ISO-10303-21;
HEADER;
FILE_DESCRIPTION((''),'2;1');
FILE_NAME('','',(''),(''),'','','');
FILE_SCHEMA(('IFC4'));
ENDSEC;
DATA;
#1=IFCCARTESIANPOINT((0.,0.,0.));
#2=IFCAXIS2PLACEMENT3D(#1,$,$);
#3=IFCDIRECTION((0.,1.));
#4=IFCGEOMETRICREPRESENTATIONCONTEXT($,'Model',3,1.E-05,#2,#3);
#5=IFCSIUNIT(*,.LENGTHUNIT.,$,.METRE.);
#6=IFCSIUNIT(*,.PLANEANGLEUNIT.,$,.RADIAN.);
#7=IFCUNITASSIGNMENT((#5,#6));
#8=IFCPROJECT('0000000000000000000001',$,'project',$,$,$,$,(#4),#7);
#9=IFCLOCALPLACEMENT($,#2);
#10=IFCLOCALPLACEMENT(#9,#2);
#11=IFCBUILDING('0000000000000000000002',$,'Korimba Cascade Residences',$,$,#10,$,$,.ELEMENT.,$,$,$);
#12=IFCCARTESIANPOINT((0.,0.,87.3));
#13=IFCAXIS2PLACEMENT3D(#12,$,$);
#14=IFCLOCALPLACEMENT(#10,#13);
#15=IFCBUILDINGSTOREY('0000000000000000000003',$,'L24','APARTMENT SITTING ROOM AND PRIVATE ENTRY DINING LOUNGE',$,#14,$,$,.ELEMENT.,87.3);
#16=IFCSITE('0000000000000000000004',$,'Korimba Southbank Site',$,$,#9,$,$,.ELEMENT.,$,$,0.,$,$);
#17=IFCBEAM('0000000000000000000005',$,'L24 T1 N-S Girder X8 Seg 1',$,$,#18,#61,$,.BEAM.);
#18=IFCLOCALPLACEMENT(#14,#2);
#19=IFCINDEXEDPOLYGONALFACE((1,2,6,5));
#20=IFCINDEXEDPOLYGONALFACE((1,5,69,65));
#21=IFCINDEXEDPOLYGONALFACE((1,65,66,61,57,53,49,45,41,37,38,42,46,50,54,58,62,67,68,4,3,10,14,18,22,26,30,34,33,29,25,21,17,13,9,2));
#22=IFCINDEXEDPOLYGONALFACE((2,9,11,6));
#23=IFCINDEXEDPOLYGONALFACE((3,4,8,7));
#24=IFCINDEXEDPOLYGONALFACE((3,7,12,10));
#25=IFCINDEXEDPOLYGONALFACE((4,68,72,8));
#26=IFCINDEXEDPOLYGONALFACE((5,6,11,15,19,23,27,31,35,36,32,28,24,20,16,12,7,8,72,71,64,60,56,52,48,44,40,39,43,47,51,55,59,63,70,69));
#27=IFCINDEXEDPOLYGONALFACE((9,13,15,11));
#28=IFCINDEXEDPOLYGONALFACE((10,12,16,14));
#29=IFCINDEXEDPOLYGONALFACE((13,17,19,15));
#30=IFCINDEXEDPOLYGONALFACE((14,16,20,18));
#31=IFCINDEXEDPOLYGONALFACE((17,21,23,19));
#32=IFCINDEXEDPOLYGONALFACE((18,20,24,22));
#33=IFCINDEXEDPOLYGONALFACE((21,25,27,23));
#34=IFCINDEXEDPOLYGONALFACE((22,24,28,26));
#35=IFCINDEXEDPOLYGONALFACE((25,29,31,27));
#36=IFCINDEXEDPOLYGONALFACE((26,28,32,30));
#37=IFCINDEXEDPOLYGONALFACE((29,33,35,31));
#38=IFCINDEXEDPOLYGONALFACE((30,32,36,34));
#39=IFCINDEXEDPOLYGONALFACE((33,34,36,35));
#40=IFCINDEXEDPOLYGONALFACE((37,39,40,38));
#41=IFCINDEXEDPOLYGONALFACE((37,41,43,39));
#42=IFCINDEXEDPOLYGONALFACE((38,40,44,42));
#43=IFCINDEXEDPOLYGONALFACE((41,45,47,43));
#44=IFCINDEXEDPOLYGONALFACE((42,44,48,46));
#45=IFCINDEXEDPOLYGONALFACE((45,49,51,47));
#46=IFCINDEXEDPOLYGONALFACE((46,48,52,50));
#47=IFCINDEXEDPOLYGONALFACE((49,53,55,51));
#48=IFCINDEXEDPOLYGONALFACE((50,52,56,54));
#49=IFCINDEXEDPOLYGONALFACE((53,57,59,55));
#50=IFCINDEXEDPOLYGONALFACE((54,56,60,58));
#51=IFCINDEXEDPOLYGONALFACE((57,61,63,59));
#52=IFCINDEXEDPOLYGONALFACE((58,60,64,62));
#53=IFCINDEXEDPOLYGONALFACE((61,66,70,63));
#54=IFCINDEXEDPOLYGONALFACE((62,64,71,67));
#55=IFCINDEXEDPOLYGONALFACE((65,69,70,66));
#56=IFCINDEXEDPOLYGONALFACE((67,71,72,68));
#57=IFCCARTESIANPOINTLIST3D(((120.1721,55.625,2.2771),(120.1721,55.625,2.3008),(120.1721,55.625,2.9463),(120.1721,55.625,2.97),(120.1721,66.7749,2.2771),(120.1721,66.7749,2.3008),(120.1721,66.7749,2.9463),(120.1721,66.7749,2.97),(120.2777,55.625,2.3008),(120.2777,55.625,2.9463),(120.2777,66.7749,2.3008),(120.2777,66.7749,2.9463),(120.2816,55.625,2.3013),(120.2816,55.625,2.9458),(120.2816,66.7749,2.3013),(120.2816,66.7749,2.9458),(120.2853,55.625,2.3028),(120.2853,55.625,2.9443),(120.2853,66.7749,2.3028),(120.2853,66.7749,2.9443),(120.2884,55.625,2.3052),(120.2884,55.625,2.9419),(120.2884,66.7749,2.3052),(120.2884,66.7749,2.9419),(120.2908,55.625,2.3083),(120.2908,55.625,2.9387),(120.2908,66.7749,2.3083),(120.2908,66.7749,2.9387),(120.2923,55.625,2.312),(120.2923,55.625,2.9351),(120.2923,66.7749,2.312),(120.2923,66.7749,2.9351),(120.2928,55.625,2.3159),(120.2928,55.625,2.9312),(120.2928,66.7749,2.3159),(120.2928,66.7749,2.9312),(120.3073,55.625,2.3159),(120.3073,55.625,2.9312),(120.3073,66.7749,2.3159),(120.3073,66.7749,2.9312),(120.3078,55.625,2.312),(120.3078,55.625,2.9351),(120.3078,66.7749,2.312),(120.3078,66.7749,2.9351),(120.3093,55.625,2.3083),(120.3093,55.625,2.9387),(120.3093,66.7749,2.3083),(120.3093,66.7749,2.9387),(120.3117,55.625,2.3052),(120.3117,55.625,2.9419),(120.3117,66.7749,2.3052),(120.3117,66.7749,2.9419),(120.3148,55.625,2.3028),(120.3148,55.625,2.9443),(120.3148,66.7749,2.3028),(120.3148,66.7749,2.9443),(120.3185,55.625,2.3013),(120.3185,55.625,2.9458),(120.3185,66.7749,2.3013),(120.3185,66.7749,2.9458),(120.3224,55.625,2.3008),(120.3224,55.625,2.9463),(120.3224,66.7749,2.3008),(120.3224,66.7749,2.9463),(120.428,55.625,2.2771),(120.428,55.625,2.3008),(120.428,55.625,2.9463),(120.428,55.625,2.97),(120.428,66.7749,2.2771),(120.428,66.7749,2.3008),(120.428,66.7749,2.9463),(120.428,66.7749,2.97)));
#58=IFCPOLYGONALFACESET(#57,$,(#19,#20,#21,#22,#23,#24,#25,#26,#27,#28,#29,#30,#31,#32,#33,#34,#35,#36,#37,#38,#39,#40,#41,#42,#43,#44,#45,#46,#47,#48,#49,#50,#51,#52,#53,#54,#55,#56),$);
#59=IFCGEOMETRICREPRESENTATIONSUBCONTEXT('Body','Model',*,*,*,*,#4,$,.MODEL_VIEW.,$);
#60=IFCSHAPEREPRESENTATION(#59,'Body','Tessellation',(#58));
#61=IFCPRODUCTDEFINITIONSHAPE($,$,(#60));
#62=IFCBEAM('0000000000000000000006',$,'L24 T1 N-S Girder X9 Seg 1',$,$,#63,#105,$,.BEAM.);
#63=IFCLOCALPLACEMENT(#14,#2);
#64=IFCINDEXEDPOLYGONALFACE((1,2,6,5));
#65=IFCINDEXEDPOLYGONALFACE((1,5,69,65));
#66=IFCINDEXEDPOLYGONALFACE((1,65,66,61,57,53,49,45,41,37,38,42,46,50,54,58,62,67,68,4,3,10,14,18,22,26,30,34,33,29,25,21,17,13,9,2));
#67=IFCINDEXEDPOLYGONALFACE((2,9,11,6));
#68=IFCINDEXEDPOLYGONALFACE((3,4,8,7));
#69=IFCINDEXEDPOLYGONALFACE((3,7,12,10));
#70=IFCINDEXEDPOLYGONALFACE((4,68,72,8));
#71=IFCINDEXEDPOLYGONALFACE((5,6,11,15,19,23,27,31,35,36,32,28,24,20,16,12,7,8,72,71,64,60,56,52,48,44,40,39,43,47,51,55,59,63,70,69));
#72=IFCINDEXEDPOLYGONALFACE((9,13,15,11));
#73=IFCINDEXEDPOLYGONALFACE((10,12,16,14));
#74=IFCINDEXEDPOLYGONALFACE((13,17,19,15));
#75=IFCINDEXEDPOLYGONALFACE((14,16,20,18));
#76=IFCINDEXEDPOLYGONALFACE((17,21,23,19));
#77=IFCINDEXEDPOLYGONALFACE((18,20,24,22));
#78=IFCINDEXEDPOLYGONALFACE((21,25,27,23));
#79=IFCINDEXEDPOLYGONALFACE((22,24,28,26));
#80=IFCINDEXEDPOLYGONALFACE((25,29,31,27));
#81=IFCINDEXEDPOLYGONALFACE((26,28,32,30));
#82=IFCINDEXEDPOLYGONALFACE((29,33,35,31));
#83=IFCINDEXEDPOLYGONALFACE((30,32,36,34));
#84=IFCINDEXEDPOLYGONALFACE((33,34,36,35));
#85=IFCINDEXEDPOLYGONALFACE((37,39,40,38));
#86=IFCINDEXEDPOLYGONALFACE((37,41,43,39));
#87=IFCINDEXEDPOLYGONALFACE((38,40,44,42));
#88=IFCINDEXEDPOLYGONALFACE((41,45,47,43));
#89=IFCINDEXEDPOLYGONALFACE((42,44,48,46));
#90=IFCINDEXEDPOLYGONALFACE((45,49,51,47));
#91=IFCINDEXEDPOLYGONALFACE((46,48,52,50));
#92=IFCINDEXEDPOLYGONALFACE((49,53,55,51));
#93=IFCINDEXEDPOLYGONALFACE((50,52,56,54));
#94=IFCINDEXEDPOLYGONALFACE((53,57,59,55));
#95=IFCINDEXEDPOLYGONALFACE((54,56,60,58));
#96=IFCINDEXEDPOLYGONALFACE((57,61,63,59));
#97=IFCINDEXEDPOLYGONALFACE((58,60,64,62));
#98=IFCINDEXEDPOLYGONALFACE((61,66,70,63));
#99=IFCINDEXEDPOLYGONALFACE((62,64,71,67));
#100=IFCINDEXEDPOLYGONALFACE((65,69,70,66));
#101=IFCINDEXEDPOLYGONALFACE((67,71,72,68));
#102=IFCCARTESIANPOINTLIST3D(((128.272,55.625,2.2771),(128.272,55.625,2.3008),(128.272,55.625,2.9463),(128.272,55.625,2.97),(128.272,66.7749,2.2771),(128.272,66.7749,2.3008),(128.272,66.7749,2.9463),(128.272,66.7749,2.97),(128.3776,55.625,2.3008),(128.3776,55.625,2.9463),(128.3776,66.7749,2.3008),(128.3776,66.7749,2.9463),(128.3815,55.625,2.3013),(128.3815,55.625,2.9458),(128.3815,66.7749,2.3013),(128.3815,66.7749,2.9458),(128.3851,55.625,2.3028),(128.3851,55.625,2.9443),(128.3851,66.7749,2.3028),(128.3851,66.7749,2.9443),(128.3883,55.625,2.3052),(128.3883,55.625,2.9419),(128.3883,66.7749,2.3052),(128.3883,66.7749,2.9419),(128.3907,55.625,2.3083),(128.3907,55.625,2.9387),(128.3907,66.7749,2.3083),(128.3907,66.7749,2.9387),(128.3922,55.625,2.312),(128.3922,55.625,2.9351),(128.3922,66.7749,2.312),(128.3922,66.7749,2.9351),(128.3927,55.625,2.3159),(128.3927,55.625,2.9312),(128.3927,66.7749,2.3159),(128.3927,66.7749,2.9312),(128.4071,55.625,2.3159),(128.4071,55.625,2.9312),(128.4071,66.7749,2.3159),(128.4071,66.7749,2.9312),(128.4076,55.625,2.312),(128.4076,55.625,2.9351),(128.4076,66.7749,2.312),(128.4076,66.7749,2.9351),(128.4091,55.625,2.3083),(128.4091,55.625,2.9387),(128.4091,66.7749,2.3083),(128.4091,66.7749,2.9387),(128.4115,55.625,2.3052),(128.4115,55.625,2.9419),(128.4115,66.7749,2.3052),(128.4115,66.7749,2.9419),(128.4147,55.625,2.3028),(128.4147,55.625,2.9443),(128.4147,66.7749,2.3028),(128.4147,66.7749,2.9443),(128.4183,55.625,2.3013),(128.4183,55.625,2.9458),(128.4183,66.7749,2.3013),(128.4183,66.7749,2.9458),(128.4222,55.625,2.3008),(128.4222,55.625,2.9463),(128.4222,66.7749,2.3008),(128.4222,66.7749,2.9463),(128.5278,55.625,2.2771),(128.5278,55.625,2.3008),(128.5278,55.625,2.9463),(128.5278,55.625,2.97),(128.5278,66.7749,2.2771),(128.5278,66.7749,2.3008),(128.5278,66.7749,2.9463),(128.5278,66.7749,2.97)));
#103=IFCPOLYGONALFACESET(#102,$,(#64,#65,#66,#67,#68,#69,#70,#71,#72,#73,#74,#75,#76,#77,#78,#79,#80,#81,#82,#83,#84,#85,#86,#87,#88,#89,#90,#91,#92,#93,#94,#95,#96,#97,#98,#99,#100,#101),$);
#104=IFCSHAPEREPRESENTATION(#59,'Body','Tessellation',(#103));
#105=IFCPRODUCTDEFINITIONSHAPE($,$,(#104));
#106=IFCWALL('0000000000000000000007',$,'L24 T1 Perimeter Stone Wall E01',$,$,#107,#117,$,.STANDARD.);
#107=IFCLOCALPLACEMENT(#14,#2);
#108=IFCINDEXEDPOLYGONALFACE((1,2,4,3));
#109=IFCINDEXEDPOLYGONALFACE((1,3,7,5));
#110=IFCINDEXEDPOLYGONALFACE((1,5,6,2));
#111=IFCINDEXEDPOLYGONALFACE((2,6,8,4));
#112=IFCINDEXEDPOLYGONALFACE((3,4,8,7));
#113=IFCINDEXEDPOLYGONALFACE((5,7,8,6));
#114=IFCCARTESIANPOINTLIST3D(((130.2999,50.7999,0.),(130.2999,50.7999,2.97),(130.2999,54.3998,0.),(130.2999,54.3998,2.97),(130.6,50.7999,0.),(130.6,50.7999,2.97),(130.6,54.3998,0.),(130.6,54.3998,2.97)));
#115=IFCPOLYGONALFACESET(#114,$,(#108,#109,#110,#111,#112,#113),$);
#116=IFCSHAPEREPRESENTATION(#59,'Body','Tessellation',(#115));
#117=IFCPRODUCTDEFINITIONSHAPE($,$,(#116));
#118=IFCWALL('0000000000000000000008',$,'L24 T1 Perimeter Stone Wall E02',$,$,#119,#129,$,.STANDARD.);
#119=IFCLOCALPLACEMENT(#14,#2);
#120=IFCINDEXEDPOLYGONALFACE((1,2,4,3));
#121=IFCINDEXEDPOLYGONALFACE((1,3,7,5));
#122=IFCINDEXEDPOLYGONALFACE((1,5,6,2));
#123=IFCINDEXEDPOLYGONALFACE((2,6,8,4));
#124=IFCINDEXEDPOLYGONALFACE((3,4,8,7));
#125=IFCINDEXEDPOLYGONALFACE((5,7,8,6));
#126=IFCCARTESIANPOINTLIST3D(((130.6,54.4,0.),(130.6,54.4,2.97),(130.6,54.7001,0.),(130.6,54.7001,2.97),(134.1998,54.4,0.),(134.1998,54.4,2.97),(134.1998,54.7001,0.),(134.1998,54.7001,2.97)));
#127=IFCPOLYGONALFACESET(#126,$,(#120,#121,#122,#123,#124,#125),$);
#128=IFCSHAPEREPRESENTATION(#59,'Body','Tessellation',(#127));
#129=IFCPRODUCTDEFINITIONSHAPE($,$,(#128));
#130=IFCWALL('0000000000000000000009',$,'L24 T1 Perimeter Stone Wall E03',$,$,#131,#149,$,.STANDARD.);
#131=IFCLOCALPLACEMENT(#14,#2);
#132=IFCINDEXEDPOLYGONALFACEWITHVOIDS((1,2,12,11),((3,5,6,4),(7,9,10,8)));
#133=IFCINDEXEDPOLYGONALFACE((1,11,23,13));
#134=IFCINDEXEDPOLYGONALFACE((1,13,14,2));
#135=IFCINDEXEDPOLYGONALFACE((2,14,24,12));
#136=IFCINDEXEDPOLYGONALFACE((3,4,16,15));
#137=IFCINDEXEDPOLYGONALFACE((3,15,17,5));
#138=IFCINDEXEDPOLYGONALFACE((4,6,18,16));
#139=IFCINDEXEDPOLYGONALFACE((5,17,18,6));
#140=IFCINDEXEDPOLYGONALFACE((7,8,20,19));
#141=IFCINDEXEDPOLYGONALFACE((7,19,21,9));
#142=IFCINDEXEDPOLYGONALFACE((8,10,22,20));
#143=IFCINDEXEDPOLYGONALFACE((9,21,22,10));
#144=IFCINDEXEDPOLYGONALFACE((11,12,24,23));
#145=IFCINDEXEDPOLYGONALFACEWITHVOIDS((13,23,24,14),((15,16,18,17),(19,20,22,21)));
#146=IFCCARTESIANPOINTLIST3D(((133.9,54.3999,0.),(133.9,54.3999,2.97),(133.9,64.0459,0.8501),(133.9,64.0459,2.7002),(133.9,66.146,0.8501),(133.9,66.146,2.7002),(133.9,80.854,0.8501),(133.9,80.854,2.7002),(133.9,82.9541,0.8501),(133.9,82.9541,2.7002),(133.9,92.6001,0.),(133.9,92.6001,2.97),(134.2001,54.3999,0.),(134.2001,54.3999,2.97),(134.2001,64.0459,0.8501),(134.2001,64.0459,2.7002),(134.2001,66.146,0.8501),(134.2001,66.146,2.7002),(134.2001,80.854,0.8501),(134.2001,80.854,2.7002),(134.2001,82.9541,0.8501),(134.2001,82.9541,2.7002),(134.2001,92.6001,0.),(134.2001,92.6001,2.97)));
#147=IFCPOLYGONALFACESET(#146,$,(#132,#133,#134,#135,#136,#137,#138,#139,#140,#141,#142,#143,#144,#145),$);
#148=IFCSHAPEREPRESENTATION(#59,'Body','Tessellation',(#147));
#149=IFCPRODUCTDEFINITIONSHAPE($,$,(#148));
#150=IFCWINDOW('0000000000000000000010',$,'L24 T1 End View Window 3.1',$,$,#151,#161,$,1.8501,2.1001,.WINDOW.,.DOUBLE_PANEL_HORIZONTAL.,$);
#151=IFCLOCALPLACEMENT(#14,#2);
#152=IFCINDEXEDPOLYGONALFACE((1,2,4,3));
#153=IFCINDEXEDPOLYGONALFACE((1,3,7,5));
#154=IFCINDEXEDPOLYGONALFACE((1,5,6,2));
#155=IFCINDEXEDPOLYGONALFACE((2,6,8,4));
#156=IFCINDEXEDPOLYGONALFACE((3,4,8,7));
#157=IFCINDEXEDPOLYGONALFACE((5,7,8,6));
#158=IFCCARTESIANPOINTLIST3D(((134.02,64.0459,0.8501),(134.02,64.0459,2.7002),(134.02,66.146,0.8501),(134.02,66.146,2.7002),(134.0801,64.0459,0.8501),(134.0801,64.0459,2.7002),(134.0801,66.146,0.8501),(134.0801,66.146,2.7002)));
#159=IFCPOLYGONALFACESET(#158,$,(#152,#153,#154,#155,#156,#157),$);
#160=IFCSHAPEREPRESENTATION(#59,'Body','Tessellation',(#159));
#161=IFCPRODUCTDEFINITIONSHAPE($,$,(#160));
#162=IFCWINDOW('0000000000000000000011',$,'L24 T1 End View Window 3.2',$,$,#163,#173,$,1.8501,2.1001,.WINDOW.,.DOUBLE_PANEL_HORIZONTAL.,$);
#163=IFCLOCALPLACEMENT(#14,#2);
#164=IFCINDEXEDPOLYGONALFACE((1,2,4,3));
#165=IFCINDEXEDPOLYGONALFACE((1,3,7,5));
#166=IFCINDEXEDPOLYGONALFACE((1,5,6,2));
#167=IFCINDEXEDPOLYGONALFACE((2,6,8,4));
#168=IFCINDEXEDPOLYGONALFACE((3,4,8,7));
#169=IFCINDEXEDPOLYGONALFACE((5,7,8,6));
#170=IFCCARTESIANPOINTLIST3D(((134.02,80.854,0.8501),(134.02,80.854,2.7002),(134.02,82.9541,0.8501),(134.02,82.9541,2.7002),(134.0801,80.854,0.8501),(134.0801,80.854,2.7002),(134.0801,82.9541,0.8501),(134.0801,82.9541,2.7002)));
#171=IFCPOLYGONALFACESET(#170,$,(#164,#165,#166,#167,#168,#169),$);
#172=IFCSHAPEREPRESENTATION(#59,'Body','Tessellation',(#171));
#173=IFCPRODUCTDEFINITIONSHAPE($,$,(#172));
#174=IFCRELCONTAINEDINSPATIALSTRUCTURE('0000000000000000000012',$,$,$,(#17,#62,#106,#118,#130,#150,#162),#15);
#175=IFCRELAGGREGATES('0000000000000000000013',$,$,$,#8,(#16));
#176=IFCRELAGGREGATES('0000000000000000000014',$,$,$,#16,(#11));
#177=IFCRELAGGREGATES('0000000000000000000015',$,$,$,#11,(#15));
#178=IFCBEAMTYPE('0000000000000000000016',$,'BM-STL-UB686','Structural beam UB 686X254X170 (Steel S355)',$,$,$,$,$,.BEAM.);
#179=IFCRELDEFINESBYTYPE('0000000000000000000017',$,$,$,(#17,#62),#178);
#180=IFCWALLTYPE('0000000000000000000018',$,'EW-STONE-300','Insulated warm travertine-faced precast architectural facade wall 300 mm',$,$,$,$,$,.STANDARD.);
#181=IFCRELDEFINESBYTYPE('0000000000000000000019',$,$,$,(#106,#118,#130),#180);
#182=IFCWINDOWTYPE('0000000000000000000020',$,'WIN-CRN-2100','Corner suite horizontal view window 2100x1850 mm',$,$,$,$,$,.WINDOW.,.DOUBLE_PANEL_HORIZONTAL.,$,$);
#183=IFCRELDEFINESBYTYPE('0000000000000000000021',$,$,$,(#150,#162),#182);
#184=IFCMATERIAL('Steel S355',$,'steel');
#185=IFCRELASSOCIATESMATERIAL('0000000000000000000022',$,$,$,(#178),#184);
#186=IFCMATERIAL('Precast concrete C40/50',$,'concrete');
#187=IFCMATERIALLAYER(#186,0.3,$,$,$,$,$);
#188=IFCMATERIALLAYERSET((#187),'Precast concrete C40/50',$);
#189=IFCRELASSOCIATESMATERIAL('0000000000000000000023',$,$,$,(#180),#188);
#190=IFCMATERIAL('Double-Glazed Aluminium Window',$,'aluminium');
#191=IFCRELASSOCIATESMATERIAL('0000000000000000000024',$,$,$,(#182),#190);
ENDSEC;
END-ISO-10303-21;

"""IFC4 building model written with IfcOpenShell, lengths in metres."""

from ifc_helpers import new_model, si_unit, direction, frame, frame_2d, origin, origin_2d, place, context, subcontext, project, spatial, rectangle, i_section, extrude, material, layer, layer_set, material_profile, profile_set, type_object, element, fill, save


model = new_model("IFC4")

# Units and contexts
model_context = context("Model", 3, precision=1e-05, world=origin(), true_north=direction((0.0, 1.0)))
body_context = subcontext(model_context, "Body", "Model", "MODEL_VIEW")
ifc_project = project(units=[si_unit("LENGTHUNIT", "METRE"), si_unit("PLANEANGLEUNIT", "RADIAN")], contexts=[model_context])

# Site, building, storey
site_placement = place(None, origin())
site = spatial("IfcSite", under=ifc_project, at=site_placement, Name="Korimba Southbank Site", CompositionType="ELEMENT", RefElevation=0.0)
building_placement = place(site_placement, origin())
building = spatial("IfcBuilding", under=site, at=building_placement, Name="Korimba Cascade Residences", CompositionType="ELEMENT")
storey_placement = place(building_placement, frame((0.0, 0.0, 87.3)))
storey = spatial("IfcBuildingStorey", under=building, at=storey_placement, Name="L24", Description="APARTMENT SITTING ROOM AND PRIVATE ENTRY DINING LOUNGE", CompositionType="ELEMENT", Elevation=87.3)

# Beams
ifc_material_1 = material(Name="Steel S355", Category="steel")
ifc_material_profile_1 = material_profile(ifc_material_1, i_section(OverallWidth=0.2559, OverallDepth=0.6929, WebThickness=0.0144, FlangeThickness=0.0237, FilletRadius=0.0151, at=origin_2d()), Name="Steel S355")
ifc_profile_set_1 = profile_set([ifc_material_profile_1], Name="Steel S355")
beam_type_1 = type_object("IfcBeamType", Name="BM-STL-UB686", Description="Structural beam UB 686X254X170 (Steel S355)", PredefinedType="BEAM", material=ifc_profile_set_1)
for number, where, z_axis, x_axis, name in (
    (1, (120.3, 55.625, 2.6235), (0.0, 1.0, 0.0), (-1.0, 0.0, 0.0), "L24 T1 N-S Girder X8 Seg 1"),
    (2, (128.3999, 55.625, 2.6235), (0.0, 1.0, 0.0), (-1.0, 0.0, 0.0), "L24 T1 N-S Girder X9 Seg 1"),
):
    element("IfcBeam", number, at=place(storey_placement, frame(where, z_axis=z_axis, x_axis=x_axis)), inside=storey, type_object=beam_type_1, Name=name, PredefinedType="BEAM", context=body_context, shape_type="SweptSolid", body=[
        extrude(i_section(OverallWidth=0.2559, OverallDepth=0.6929, WebThickness=0.0144, FlangeThickness=0.0237, FilletRadius=0.0151, at=origin_2d()), origin(), (0.0, 0.0, 1.0), 11.1499),
    ])

# Walls
ifc_material_2 = material(Name="Precast concrete C40/50", Category="concrete")
ifc_layer_1 = layer(ifc_material_2, 0.3)
ifc_layer_set_1 = layer_set([ifc_layer_1], Name="Precast concrete C40/50")
wall_type_1 = type_object("IfcWallType", Name="EW-STONE-300", Description="Insulated warm travertine-faced precast architectural facade wall 300 mm", PredefinedType="STANDARD", material=ifc_layer_set_1)
for number, where, z_axis, x_axis, name in (
    (3, (130.45, 50.8, 0.0), (0.0, 0.0, 1.0), (0.0, 1.0, 0.0), "L24 T1 Perimeter Stone Wall E01"),
    (4, (130.6001, 54.55, 0.0), (0.0, 0.0, 1.0), (1.0, 0.0, 0.0), "L24 T1 Perimeter Stone Wall E02"),
):
    element("IfcWall", number, at=place(storey_placement, frame(where, z_axis=z_axis, x_axis=x_axis)), inside=storey, type_object=wall_type_1, Name=name, PredefinedType="STANDARD", context=body_context, shape_type="SweptSolid", body=[
        extrude(rectangle(XDim=3.5999, YDim=0.3, at=frame_2d((1.7998, 0.0))), origin(), (0.0, 0.0, 1.0), 2.97),
    ])

# Wall, openings, windows
wall_1_placement = place(storey_placement, frame((134.05, 54.3999, 0.0), z_axis=(0.0, 0.0, 1.0), x_axis=(0.0, 1.0, 0.0)))
wall_1 = element("IfcWall", 5, at=wall_1_placement, inside=storey, type_object=wall_type_1, Name="L24 T1 Perimeter Stone Wall E03", PredefinedType="STANDARD", context=body_context, shape_type="SweptSolid", body=[
    extrude(rectangle(XDim=38.2002, YDim=0.3, at=frame_2d((19.1001, 0.0))), origin(), (0.0, 0.0, 1.0), 2.97),
])
opening_1_placement = place(wall_1_placement, frame((9.646, 0.0, 0.8501)))
opening_1 = element("IfcOpeningElement", 6, at=opening_1_placement, cuts=wall_1, PredefinedType="OPENING", context=body_context, shape_type="SweptSolid", body=[
    extrude(rectangle(XDim=2.1001, YDim=1.8501, at=frame_2d((1.05, 0.925))), frame((0.0, 0.1602, 0.0), z_axis=(0.0, -1.0, 0.0), x_axis=(1.0, 0.0, 0.0)), (0.0, 0.0, 1.0), 0.3201),
])
opening_2_placement = place(wall_1_placement, frame((26.4541, 0.0, 0.8501)))
opening_2 = element("IfcOpeningElement", 7, at=opening_2_placement, cuts=wall_1, PredefinedType="OPENING", context=body_context, shape_type="SweptSolid", body=[
    extrude(rectangle(XDim=2.1001, YDim=1.8501, at=frame_2d((1.05, 0.925))), frame((0.0, 0.1602, 0.0), z_axis=(0.0, -1.0, 0.0), x_axis=(1.0, 0.0, 0.0)), (0.0, 0.0, 1.0), 0.3201),
])
ifc_material_3 = material(Name="Double-Glazed Aluminium Window", Category="aluminium")
window_type_1 = type_object("IfcWindowType", Name="WIN-CRN-2100", Description="Corner suite horizontal view window 2100x1850 mm", PartitioningType="DOUBLE_PANEL_HORIZONTAL", PredefinedType="WINDOW", material=ifc_material_3)
window_1_placement = place(opening_1_placement, origin())
window_1 = element("IfcWindow", 8, at=window_1_placement, inside=storey, type_object=window_type_1, Name="L24 T1 End View Window 3.1", OverallHeight=1.8501, OverallWidth=2.1001, PartitioningType="DOUBLE_PANEL_HORIZONTAL", PredefinedType="WINDOW", context=body_context, shape_type="SweptSolid", body=[
    extrude(rectangle(XDim=2.1001, YDim=1.8501, at=frame_2d((1.05, 0.925))), frame((0.0, 0.03, 0.0), z_axis=(0.0, -1.0, 0.0), x_axis=(1.0, 0.0, 0.0)), (0.0, 0.0, 1.0), 0.0601),
])
fill(opening_1, window_1)
window_2_placement = place(opening_2_placement, origin())
window_2 = element("IfcWindow", 9, at=window_2_placement, inside=storey, type_object=window_type_1, Name="L24 T1 End View Window 3.2", OverallHeight=1.8501, OverallWidth=2.1001, PartitioningType="DOUBLE_PANEL_HORIZONTAL", PredefinedType="WINDOW", context=body_context, shape_type="SweptSolid", body=[
    extrude(rectangle(XDim=2.1001, YDim=1.8501, at=frame_2d((1.05, 0.925))), frame((0.0, 0.03, 0.0), z_axis=(0.0, -1.0, 0.0), x_axis=(1.0, 0.0, 0.0)), (0.0, 0.0, 1.0), 0.0601),
])
fill(opening_2, window_2)

save(model, "model.ifc")
